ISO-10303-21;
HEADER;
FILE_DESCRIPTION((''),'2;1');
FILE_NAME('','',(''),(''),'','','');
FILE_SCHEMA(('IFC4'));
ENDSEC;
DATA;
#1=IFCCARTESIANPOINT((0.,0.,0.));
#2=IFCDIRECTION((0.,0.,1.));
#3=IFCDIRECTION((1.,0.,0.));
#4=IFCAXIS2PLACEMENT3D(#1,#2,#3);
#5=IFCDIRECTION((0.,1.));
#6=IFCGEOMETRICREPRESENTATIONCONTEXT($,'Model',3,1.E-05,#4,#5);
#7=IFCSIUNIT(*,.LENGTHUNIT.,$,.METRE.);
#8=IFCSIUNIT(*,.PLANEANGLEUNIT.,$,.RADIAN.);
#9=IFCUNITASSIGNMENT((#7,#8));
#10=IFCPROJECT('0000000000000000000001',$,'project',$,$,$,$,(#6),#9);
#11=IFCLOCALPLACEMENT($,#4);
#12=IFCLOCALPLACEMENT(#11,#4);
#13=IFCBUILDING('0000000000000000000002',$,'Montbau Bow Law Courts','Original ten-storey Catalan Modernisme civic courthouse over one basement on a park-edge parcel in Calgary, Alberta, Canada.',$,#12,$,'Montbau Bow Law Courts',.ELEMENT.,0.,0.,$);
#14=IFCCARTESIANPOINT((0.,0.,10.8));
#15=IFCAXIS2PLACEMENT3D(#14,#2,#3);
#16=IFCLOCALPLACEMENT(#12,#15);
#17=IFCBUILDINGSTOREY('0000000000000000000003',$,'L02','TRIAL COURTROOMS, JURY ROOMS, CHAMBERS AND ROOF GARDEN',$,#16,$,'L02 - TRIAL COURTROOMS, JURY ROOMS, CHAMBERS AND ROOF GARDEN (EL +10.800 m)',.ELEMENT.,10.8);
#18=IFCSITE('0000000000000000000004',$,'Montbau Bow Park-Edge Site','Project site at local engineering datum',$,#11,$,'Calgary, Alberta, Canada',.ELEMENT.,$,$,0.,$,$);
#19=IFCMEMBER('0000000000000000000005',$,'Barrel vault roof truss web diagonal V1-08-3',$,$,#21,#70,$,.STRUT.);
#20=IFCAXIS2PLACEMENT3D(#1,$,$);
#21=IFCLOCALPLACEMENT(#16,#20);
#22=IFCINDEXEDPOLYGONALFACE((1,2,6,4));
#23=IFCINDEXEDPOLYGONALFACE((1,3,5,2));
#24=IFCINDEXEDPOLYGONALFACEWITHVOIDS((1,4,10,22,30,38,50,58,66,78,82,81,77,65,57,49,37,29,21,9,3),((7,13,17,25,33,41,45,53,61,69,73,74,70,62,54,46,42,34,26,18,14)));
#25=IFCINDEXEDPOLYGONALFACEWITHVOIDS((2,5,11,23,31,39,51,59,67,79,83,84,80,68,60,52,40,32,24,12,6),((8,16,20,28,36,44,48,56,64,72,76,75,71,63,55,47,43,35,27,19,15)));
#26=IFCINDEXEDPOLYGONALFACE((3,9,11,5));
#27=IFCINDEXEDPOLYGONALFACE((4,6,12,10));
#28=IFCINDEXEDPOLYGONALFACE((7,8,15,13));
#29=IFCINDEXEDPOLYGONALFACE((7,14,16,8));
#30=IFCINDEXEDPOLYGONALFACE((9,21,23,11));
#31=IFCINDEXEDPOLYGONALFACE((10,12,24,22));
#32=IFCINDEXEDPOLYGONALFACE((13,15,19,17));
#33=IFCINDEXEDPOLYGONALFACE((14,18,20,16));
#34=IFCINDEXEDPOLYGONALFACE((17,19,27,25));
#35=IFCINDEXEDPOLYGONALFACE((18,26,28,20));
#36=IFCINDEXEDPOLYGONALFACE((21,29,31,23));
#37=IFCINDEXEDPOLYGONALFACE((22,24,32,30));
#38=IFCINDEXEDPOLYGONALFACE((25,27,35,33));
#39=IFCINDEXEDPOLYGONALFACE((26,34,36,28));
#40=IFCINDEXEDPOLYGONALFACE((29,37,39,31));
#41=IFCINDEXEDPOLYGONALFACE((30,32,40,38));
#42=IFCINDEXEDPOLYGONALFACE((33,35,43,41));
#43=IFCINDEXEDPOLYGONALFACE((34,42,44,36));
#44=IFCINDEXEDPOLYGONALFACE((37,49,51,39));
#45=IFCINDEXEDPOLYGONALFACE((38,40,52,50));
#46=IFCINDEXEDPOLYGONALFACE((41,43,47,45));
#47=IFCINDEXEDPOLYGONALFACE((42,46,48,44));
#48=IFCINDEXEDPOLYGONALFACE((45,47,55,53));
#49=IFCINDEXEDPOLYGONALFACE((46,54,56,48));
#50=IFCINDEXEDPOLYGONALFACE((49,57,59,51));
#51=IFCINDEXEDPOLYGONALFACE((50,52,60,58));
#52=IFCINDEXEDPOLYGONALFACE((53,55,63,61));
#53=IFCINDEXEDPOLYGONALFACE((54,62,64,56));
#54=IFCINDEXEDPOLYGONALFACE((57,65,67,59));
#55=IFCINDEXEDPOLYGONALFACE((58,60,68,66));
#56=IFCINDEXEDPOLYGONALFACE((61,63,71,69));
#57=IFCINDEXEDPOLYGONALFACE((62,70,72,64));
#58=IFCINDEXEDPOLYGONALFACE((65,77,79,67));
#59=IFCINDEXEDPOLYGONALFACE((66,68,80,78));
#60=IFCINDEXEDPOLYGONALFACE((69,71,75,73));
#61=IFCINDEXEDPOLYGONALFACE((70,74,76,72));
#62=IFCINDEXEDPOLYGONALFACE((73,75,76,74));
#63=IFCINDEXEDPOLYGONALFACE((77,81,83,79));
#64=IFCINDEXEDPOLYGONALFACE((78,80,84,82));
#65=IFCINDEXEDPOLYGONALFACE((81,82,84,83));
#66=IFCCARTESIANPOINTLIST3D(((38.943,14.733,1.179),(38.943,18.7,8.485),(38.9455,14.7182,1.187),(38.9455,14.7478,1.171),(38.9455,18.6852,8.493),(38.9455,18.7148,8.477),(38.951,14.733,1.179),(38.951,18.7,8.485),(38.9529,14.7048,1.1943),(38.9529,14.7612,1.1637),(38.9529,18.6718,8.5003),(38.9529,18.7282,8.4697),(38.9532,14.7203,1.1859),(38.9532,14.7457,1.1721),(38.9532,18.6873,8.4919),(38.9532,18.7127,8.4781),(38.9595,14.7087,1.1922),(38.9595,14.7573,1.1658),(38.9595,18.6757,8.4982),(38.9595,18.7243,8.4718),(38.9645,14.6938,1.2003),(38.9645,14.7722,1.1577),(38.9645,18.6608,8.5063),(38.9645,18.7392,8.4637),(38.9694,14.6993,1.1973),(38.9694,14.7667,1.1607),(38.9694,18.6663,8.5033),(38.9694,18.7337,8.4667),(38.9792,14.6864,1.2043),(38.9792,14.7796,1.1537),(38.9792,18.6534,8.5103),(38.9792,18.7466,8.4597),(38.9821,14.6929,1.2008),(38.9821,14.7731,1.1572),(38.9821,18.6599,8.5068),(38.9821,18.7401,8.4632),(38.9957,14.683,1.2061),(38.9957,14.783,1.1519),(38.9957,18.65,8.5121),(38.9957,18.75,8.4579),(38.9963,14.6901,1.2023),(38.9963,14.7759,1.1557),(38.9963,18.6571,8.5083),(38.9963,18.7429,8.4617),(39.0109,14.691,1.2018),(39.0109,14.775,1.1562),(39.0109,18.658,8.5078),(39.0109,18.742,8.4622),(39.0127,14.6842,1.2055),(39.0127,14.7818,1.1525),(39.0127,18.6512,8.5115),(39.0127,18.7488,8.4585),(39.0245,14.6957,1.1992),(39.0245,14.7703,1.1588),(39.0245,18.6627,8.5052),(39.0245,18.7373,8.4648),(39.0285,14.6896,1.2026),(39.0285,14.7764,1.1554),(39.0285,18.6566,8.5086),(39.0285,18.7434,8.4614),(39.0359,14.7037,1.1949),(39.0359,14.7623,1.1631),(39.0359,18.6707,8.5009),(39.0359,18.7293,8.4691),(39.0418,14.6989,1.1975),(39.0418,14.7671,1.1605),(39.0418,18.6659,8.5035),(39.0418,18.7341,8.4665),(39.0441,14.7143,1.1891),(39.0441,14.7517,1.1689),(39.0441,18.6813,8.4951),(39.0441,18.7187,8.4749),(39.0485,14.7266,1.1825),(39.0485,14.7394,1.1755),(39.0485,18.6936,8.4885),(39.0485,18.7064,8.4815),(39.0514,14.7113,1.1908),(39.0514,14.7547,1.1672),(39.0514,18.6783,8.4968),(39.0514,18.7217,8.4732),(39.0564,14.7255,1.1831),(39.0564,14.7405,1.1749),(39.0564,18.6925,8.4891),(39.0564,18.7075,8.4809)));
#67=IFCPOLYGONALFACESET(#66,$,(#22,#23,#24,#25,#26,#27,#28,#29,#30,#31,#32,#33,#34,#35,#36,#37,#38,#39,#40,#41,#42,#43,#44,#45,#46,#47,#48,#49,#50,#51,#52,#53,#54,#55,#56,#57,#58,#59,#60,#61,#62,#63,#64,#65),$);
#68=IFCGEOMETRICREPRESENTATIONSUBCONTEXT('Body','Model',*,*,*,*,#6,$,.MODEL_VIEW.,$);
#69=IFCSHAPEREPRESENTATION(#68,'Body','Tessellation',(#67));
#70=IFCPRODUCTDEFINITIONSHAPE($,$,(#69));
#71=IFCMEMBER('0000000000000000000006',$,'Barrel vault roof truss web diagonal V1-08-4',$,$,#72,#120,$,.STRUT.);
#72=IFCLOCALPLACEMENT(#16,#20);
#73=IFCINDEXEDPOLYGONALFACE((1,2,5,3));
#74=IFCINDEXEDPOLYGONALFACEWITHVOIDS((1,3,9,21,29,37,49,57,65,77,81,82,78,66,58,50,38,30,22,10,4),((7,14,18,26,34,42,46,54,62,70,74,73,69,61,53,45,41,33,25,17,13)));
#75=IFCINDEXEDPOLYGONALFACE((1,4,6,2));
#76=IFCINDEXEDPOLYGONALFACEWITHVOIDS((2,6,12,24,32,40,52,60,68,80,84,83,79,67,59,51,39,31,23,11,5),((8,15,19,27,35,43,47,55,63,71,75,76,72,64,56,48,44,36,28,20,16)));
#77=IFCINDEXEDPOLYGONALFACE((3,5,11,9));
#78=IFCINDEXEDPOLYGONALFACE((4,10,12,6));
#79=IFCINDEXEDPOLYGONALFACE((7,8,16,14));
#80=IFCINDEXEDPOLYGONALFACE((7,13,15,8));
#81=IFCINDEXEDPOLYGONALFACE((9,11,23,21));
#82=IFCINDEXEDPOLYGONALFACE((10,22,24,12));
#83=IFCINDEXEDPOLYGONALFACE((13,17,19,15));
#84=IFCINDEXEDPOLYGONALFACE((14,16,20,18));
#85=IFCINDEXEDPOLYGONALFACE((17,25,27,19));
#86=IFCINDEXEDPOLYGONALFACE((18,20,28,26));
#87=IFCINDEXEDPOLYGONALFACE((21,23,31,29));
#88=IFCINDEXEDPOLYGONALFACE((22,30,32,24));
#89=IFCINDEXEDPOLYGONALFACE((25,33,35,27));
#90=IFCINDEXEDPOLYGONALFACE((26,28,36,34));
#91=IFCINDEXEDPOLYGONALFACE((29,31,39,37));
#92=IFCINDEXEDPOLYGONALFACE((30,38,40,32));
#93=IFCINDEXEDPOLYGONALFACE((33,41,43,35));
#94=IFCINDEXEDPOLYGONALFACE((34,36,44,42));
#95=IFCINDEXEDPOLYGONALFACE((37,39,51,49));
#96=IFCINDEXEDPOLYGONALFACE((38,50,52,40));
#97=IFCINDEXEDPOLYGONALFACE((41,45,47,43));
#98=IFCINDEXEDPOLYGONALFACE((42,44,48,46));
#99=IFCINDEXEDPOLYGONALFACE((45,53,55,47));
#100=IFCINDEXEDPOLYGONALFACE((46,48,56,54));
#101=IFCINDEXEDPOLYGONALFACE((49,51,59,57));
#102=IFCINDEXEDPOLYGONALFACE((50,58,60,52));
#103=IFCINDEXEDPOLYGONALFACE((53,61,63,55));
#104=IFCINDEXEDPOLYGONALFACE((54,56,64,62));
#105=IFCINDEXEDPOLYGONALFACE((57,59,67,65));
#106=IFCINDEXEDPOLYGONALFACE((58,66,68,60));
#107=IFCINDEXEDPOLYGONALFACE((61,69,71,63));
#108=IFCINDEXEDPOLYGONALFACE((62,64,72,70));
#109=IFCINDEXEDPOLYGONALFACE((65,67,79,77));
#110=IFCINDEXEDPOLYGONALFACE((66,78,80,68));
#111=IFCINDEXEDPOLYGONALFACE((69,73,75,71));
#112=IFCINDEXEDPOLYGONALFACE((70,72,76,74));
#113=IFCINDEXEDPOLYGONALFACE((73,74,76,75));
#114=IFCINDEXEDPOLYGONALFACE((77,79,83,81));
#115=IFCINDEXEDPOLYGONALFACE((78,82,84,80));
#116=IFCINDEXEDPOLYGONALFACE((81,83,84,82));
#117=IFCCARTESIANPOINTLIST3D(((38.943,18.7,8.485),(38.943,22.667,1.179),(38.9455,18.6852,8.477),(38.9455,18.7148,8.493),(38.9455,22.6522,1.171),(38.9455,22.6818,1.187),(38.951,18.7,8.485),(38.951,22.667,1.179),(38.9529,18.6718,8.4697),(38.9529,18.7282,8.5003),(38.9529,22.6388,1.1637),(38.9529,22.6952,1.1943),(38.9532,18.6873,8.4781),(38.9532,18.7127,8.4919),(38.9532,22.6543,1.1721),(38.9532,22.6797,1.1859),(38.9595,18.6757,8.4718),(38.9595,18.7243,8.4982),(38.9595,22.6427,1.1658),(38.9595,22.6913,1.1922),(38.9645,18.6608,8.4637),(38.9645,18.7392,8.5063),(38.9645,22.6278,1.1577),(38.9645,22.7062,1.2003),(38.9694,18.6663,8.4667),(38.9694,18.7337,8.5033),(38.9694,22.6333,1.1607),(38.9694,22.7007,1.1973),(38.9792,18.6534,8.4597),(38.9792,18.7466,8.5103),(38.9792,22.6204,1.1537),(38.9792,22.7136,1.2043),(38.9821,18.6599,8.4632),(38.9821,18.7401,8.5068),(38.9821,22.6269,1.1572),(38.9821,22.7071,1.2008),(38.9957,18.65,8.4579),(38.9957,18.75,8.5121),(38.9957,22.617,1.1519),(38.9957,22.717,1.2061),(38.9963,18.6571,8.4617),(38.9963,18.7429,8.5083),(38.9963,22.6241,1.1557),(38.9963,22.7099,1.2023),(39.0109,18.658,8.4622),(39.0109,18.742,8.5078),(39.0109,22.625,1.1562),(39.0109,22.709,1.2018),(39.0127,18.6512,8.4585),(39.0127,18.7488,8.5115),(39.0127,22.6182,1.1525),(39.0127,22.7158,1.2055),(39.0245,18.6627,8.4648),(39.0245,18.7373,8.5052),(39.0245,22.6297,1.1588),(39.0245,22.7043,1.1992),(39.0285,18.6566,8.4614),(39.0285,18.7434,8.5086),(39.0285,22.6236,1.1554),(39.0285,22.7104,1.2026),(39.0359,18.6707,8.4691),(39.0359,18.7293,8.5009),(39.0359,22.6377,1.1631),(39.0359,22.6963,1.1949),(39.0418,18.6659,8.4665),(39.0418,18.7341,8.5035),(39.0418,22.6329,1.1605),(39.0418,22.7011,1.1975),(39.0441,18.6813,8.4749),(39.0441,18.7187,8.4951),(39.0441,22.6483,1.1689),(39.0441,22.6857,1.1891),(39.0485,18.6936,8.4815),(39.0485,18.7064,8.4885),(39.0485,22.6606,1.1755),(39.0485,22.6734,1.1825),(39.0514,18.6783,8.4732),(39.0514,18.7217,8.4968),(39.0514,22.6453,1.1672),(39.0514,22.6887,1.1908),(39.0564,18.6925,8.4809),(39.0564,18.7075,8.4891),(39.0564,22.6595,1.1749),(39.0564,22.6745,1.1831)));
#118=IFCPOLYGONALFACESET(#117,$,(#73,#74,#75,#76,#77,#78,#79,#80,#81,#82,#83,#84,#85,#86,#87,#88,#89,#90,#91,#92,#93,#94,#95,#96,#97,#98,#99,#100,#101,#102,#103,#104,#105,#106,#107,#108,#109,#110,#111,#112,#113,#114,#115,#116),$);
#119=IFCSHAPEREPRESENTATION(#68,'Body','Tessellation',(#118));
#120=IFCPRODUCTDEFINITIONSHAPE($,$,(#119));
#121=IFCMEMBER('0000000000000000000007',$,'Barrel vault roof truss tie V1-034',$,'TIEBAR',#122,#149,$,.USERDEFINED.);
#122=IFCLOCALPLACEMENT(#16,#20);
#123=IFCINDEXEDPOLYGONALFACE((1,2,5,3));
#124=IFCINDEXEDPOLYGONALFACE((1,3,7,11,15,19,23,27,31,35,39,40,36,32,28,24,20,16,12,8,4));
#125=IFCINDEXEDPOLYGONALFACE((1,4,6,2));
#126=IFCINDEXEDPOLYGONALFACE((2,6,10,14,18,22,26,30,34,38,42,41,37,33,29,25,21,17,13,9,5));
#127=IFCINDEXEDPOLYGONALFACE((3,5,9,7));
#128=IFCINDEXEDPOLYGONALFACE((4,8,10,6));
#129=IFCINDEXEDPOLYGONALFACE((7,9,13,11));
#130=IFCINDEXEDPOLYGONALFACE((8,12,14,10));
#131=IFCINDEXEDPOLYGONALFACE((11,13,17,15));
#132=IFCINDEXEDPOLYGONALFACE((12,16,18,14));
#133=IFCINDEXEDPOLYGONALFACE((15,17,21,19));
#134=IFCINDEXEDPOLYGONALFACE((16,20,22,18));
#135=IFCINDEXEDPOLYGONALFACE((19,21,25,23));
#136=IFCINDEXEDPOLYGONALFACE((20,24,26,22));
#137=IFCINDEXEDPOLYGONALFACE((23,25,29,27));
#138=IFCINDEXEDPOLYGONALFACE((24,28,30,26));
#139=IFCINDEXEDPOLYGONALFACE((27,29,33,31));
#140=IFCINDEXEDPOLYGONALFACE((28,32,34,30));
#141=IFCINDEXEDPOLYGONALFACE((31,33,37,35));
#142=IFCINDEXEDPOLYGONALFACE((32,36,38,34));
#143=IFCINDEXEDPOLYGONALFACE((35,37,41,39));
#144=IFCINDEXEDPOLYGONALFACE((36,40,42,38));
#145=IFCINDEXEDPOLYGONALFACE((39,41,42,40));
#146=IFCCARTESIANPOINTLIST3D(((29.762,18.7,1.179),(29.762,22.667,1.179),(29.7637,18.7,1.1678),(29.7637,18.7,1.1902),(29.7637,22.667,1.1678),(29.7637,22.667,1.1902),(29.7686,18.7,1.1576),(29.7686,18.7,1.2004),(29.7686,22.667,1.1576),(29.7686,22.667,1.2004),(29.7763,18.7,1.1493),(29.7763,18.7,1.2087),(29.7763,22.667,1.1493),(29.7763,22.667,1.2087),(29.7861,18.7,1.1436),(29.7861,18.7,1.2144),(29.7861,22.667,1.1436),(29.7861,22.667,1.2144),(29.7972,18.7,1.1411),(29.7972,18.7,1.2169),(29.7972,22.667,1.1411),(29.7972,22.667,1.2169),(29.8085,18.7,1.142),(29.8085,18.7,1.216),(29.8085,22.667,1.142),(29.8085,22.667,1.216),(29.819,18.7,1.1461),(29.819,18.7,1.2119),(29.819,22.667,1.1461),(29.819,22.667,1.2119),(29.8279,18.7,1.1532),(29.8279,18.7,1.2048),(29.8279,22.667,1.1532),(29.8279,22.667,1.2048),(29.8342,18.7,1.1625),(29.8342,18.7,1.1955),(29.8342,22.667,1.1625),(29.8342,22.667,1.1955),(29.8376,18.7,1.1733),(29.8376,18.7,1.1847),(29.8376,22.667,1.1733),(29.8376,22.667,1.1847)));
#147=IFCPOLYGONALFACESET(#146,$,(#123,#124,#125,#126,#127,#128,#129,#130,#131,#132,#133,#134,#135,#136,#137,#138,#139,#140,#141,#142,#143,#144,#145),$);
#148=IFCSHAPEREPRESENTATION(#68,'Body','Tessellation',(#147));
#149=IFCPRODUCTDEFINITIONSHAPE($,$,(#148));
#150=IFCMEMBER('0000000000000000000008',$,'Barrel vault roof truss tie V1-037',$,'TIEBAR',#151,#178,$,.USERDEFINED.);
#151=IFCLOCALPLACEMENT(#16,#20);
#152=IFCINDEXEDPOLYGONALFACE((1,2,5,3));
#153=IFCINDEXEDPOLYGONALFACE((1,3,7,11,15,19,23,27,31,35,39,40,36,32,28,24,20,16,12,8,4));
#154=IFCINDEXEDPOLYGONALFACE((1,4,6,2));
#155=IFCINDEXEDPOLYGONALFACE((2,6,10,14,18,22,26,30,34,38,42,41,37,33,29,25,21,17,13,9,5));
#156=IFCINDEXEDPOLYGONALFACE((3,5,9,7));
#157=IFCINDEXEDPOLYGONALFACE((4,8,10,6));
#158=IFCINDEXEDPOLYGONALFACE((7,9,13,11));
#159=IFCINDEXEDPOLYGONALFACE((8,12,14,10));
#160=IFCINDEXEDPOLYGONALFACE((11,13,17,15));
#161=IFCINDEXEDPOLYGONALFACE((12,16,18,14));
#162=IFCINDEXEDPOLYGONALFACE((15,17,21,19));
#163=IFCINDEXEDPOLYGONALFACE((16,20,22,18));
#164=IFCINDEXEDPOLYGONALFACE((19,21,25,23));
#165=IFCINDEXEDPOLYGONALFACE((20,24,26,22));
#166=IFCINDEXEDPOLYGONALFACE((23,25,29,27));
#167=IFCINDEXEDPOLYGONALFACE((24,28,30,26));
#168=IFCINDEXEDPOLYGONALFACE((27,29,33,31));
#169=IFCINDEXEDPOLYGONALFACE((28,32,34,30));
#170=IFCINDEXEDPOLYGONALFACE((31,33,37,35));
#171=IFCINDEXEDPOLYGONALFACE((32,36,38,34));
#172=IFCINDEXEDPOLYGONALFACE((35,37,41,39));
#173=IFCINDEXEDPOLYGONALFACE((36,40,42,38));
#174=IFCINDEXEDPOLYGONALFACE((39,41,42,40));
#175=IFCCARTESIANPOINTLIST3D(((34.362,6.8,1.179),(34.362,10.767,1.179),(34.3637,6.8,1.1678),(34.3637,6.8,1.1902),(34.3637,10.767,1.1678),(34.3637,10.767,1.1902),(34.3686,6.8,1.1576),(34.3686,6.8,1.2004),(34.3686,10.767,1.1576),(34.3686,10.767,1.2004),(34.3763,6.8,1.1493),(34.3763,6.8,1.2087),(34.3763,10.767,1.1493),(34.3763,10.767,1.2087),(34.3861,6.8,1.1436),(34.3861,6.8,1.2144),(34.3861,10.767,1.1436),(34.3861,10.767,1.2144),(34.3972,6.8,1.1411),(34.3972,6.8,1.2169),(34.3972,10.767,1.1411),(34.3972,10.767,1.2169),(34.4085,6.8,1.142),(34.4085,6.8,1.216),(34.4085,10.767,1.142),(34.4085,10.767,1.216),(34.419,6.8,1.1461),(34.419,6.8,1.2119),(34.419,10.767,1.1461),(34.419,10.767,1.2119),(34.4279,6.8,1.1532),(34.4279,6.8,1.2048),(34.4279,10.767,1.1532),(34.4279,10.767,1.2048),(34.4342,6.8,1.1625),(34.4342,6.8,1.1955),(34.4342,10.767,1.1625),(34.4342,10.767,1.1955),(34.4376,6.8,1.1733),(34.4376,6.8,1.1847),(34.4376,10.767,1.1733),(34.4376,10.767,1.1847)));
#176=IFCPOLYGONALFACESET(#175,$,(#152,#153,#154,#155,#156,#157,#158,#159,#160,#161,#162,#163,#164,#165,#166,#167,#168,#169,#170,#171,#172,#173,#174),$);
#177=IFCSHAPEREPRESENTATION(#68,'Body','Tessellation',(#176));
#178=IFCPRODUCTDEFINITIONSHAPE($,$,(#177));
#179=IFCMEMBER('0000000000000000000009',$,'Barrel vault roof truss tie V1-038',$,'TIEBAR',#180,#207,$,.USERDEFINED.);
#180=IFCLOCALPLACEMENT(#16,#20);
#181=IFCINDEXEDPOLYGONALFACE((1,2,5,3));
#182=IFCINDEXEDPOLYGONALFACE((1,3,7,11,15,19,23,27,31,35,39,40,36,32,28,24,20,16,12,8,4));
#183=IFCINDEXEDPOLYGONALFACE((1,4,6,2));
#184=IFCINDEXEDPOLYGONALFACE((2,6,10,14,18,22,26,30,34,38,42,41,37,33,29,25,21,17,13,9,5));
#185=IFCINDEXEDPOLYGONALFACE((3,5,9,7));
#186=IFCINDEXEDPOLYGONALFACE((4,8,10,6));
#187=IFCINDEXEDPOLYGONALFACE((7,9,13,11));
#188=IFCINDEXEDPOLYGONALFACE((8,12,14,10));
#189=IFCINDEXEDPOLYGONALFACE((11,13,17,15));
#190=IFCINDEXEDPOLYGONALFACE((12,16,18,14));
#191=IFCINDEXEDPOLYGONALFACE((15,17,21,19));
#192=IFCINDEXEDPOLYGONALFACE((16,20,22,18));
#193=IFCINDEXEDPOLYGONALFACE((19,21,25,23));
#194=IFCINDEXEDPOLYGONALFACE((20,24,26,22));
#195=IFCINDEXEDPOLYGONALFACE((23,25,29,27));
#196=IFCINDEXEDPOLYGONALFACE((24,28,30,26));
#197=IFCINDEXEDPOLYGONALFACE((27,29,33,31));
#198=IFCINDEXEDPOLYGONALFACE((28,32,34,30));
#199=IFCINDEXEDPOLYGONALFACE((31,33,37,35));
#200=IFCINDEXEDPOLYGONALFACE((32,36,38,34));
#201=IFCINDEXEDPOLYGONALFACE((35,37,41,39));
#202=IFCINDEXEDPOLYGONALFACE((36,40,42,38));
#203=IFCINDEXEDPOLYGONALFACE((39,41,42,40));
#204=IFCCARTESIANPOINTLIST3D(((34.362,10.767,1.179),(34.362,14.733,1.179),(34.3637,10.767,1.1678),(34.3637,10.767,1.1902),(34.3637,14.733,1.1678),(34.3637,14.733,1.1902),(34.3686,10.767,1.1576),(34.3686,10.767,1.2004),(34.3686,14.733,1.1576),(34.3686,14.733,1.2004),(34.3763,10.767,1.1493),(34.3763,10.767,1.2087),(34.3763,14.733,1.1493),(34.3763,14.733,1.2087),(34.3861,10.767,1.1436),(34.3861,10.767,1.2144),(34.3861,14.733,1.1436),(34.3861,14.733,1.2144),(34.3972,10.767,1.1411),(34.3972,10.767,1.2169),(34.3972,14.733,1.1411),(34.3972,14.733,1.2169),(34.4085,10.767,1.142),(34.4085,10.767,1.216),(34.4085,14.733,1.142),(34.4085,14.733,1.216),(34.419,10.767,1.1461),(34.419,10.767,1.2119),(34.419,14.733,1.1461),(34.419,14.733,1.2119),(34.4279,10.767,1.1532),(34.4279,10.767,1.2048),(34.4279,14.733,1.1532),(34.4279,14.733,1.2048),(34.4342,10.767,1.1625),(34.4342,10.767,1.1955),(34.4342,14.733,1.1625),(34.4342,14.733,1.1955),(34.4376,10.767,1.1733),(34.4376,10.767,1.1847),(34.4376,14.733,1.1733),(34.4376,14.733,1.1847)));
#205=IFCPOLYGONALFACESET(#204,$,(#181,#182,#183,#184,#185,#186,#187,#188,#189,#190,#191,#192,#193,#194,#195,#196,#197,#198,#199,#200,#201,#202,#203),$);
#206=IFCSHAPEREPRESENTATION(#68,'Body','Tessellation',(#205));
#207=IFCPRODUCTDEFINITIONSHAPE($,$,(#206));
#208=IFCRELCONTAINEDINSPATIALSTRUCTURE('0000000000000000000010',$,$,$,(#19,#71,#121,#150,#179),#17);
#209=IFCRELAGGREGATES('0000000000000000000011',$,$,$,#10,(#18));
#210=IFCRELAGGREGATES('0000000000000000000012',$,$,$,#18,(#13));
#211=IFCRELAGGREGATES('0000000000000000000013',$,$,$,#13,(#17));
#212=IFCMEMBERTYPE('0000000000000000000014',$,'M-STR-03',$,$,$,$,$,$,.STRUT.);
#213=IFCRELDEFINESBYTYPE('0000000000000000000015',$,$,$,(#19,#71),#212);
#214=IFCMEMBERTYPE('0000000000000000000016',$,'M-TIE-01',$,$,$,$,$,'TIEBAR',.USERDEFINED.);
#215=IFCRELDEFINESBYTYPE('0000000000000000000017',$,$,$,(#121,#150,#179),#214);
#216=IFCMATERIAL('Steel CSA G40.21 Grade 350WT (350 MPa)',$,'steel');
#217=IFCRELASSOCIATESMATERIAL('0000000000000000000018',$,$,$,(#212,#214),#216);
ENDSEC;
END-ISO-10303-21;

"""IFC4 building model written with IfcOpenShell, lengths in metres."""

from ifc_helpers import new_model, si_unit, direction, frame, origin_with_axes, origin_2d_with_axis, place, context, subcontext, project, spatial, circle, hollow_circle, extrude, material, material_profile, profile_set, type_object, element, save


model = new_model("IFC4")

# Units and contexts
model_context = context("Model", 3, precision=1e-05, world=origin_with_axes(), true_north=direction((0.0, 1.0)))
body_context = subcontext(model_context, "Body", "Model", "MODEL_VIEW")
ifc_project = project(units=[si_unit("LENGTHUNIT", "METRE"), si_unit("PLANEANGLEUNIT", "RADIAN")], contexts=[model_context])

# Site, building, storey
site_placement = place(None, origin_with_axes())
site = spatial("IfcSite", under=ifc_project, at=site_placement, Name="Montbau Bow Park-Edge Site", Description="Project site at local engineering datum", LongName="Calgary, Alberta, Canada", CompositionType="ELEMENT", RefElevation=0.0)
building_placement = place(site_placement, origin_with_axes())
building = spatial("IfcBuilding", under=site, at=building_placement, Name="Montbau Bow Law Courts", Description="Original ten-storey Catalan Modernisme civic courthouse over one basement on a park-edge parcel in Calgary, Alberta, Canada.", LongName="Montbau Bow Law Courts", CompositionType="ELEMENT", ElevationOfRefHeight=0.0, ElevationOfTerrain=0.0)
storey_placement = place(building_placement, frame((0.0, 0.0, 10.8), z_axis=(0.0, 0.0, 1.0), x_axis=(1.0, 0.0, 0.0)))
storey = spatial("IfcBuildingStorey", under=building, at=storey_placement, Name="L02", Description="TRIAL COURTROOMS, JURY ROOMS, CHAMBERS AND ROOF GARDEN", LongName="L02 - TRIAL COURTROOMS, JURY ROOMS, CHAMBERS AND ROOF GARDEN (EL +10.800 m)", CompositionType="ELEMENT", Elevation=10.8)

# Shared definitions
ifc_material_1 = material(Name="Steel CSA G40.21 Grade 350WT (350 MPa)", Category="steel")

# Members
ifc_material_profile_1 = material_profile(ifc_material_1, hollow_circle(Radius=0.057, WallThickness=0.008, at=origin_2d_with_axis()), Name="HSS114X8.0", Category="Main", Priority=0)
ifc_profile_set_1 = profile_set([ifc_material_profile_1], Name="Steel CSA G40.21 Grade 350WT (350 MPa)")
member_type_1 = type_object("IfcMemberType", Name="M-STR-03", PredefinedType="STRUT", material=ifc_profile_set_1)
for number, where, z_axis, x_axis, name in (
    (1, (39.0, 14.733, 11.979), (0.0, 0.477174, 0.878809), (-1.0, 0.0, 0.0), "Barrel vault roof truss web diagonal V1-08-3"),
    (2, (39.0, 18.7, 19.285), (0.0, 0.477174, -0.878809), (-1.0, 0.0, 0.0), "Barrel vault roof truss web diagonal V1-08-4"),
):
    element("IfcMember", number, at=place(None, frame(where, z_axis=z_axis, x_axis=x_axis)), inside=storey, type_object=member_type_1, Name=name, PredefinedType="STRUT", context=body_context, shape_type="SweptSolid", body=[
        extrude(hollow_circle(Radius=0.057, WallThickness=0.008, at=origin_2d_with_axis()), origin_with_axes(), (0.0, 0.0, 1.0), 8.3135),
    ])
ifc_material_profile_2 = material_profile(ifc_material_1, circle(Radius=0.038, at=origin_2d_with_axis()), Name="ROD76", Category="Main", Priority=0)
ifc_profile_set_2 = profile_set([ifc_material_profile_2], Name="Steel CSA G40.21 Grade 350WT (350 MPa)")
member_type_2 = type_object("IfcMemberType", Name="M-TIE-01", ElementType="TIEBAR", PredefinedType="USERDEFINED", material=ifc_profile_set_2)
for number, where, z_axis, x_axis, name in (
    (3, (29.8, 18.7, 11.979), (0.0, 1.0, 0.0), (-1.0, 0.0, 0.0), "Barrel vault roof truss tie V1-034"),
    (4, (34.4, 6.8, 11.979), (0.0, 1.0, 0.0), (-1.0, 0.0, 0.0), "Barrel vault roof truss tie V1-037"),
):
    element("IfcMember", number, at=place(None, frame(where, z_axis=z_axis, x_axis=x_axis)), inside=storey, type_object=member_type_2, Name=name, ObjectType="TIEBAR", PredefinedType="USERDEFINED", context=body_context, shape_type="SweptSolid", body=[
        extrude(circle(Radius=0.038, at=origin_2d_with_axis()), origin_with_axes(), (0.0, 0.0, 1.0), 3.967),
    ])
member_1_placement = place(None, frame((34.4, 10.767, 11.979), z_axis=(0.0, 1.0, 0.0), x_axis=(-1.0, 0.0, 0.0)))
element("IfcMember", 5, at=member_1_placement, inside=storey, type_object=member_type_2, Name="Barrel vault roof truss tie V1-038", ObjectType="TIEBAR", PredefinedType="USERDEFINED", context=body_context, shape_type="SweptSolid", body=[
    extrude(circle(Radius=0.038, at=origin_2d_with_axis()), origin_with_axes(), (0.0, 0.0, 1.0), 3.966),
])

save(model, "model.ifc")
